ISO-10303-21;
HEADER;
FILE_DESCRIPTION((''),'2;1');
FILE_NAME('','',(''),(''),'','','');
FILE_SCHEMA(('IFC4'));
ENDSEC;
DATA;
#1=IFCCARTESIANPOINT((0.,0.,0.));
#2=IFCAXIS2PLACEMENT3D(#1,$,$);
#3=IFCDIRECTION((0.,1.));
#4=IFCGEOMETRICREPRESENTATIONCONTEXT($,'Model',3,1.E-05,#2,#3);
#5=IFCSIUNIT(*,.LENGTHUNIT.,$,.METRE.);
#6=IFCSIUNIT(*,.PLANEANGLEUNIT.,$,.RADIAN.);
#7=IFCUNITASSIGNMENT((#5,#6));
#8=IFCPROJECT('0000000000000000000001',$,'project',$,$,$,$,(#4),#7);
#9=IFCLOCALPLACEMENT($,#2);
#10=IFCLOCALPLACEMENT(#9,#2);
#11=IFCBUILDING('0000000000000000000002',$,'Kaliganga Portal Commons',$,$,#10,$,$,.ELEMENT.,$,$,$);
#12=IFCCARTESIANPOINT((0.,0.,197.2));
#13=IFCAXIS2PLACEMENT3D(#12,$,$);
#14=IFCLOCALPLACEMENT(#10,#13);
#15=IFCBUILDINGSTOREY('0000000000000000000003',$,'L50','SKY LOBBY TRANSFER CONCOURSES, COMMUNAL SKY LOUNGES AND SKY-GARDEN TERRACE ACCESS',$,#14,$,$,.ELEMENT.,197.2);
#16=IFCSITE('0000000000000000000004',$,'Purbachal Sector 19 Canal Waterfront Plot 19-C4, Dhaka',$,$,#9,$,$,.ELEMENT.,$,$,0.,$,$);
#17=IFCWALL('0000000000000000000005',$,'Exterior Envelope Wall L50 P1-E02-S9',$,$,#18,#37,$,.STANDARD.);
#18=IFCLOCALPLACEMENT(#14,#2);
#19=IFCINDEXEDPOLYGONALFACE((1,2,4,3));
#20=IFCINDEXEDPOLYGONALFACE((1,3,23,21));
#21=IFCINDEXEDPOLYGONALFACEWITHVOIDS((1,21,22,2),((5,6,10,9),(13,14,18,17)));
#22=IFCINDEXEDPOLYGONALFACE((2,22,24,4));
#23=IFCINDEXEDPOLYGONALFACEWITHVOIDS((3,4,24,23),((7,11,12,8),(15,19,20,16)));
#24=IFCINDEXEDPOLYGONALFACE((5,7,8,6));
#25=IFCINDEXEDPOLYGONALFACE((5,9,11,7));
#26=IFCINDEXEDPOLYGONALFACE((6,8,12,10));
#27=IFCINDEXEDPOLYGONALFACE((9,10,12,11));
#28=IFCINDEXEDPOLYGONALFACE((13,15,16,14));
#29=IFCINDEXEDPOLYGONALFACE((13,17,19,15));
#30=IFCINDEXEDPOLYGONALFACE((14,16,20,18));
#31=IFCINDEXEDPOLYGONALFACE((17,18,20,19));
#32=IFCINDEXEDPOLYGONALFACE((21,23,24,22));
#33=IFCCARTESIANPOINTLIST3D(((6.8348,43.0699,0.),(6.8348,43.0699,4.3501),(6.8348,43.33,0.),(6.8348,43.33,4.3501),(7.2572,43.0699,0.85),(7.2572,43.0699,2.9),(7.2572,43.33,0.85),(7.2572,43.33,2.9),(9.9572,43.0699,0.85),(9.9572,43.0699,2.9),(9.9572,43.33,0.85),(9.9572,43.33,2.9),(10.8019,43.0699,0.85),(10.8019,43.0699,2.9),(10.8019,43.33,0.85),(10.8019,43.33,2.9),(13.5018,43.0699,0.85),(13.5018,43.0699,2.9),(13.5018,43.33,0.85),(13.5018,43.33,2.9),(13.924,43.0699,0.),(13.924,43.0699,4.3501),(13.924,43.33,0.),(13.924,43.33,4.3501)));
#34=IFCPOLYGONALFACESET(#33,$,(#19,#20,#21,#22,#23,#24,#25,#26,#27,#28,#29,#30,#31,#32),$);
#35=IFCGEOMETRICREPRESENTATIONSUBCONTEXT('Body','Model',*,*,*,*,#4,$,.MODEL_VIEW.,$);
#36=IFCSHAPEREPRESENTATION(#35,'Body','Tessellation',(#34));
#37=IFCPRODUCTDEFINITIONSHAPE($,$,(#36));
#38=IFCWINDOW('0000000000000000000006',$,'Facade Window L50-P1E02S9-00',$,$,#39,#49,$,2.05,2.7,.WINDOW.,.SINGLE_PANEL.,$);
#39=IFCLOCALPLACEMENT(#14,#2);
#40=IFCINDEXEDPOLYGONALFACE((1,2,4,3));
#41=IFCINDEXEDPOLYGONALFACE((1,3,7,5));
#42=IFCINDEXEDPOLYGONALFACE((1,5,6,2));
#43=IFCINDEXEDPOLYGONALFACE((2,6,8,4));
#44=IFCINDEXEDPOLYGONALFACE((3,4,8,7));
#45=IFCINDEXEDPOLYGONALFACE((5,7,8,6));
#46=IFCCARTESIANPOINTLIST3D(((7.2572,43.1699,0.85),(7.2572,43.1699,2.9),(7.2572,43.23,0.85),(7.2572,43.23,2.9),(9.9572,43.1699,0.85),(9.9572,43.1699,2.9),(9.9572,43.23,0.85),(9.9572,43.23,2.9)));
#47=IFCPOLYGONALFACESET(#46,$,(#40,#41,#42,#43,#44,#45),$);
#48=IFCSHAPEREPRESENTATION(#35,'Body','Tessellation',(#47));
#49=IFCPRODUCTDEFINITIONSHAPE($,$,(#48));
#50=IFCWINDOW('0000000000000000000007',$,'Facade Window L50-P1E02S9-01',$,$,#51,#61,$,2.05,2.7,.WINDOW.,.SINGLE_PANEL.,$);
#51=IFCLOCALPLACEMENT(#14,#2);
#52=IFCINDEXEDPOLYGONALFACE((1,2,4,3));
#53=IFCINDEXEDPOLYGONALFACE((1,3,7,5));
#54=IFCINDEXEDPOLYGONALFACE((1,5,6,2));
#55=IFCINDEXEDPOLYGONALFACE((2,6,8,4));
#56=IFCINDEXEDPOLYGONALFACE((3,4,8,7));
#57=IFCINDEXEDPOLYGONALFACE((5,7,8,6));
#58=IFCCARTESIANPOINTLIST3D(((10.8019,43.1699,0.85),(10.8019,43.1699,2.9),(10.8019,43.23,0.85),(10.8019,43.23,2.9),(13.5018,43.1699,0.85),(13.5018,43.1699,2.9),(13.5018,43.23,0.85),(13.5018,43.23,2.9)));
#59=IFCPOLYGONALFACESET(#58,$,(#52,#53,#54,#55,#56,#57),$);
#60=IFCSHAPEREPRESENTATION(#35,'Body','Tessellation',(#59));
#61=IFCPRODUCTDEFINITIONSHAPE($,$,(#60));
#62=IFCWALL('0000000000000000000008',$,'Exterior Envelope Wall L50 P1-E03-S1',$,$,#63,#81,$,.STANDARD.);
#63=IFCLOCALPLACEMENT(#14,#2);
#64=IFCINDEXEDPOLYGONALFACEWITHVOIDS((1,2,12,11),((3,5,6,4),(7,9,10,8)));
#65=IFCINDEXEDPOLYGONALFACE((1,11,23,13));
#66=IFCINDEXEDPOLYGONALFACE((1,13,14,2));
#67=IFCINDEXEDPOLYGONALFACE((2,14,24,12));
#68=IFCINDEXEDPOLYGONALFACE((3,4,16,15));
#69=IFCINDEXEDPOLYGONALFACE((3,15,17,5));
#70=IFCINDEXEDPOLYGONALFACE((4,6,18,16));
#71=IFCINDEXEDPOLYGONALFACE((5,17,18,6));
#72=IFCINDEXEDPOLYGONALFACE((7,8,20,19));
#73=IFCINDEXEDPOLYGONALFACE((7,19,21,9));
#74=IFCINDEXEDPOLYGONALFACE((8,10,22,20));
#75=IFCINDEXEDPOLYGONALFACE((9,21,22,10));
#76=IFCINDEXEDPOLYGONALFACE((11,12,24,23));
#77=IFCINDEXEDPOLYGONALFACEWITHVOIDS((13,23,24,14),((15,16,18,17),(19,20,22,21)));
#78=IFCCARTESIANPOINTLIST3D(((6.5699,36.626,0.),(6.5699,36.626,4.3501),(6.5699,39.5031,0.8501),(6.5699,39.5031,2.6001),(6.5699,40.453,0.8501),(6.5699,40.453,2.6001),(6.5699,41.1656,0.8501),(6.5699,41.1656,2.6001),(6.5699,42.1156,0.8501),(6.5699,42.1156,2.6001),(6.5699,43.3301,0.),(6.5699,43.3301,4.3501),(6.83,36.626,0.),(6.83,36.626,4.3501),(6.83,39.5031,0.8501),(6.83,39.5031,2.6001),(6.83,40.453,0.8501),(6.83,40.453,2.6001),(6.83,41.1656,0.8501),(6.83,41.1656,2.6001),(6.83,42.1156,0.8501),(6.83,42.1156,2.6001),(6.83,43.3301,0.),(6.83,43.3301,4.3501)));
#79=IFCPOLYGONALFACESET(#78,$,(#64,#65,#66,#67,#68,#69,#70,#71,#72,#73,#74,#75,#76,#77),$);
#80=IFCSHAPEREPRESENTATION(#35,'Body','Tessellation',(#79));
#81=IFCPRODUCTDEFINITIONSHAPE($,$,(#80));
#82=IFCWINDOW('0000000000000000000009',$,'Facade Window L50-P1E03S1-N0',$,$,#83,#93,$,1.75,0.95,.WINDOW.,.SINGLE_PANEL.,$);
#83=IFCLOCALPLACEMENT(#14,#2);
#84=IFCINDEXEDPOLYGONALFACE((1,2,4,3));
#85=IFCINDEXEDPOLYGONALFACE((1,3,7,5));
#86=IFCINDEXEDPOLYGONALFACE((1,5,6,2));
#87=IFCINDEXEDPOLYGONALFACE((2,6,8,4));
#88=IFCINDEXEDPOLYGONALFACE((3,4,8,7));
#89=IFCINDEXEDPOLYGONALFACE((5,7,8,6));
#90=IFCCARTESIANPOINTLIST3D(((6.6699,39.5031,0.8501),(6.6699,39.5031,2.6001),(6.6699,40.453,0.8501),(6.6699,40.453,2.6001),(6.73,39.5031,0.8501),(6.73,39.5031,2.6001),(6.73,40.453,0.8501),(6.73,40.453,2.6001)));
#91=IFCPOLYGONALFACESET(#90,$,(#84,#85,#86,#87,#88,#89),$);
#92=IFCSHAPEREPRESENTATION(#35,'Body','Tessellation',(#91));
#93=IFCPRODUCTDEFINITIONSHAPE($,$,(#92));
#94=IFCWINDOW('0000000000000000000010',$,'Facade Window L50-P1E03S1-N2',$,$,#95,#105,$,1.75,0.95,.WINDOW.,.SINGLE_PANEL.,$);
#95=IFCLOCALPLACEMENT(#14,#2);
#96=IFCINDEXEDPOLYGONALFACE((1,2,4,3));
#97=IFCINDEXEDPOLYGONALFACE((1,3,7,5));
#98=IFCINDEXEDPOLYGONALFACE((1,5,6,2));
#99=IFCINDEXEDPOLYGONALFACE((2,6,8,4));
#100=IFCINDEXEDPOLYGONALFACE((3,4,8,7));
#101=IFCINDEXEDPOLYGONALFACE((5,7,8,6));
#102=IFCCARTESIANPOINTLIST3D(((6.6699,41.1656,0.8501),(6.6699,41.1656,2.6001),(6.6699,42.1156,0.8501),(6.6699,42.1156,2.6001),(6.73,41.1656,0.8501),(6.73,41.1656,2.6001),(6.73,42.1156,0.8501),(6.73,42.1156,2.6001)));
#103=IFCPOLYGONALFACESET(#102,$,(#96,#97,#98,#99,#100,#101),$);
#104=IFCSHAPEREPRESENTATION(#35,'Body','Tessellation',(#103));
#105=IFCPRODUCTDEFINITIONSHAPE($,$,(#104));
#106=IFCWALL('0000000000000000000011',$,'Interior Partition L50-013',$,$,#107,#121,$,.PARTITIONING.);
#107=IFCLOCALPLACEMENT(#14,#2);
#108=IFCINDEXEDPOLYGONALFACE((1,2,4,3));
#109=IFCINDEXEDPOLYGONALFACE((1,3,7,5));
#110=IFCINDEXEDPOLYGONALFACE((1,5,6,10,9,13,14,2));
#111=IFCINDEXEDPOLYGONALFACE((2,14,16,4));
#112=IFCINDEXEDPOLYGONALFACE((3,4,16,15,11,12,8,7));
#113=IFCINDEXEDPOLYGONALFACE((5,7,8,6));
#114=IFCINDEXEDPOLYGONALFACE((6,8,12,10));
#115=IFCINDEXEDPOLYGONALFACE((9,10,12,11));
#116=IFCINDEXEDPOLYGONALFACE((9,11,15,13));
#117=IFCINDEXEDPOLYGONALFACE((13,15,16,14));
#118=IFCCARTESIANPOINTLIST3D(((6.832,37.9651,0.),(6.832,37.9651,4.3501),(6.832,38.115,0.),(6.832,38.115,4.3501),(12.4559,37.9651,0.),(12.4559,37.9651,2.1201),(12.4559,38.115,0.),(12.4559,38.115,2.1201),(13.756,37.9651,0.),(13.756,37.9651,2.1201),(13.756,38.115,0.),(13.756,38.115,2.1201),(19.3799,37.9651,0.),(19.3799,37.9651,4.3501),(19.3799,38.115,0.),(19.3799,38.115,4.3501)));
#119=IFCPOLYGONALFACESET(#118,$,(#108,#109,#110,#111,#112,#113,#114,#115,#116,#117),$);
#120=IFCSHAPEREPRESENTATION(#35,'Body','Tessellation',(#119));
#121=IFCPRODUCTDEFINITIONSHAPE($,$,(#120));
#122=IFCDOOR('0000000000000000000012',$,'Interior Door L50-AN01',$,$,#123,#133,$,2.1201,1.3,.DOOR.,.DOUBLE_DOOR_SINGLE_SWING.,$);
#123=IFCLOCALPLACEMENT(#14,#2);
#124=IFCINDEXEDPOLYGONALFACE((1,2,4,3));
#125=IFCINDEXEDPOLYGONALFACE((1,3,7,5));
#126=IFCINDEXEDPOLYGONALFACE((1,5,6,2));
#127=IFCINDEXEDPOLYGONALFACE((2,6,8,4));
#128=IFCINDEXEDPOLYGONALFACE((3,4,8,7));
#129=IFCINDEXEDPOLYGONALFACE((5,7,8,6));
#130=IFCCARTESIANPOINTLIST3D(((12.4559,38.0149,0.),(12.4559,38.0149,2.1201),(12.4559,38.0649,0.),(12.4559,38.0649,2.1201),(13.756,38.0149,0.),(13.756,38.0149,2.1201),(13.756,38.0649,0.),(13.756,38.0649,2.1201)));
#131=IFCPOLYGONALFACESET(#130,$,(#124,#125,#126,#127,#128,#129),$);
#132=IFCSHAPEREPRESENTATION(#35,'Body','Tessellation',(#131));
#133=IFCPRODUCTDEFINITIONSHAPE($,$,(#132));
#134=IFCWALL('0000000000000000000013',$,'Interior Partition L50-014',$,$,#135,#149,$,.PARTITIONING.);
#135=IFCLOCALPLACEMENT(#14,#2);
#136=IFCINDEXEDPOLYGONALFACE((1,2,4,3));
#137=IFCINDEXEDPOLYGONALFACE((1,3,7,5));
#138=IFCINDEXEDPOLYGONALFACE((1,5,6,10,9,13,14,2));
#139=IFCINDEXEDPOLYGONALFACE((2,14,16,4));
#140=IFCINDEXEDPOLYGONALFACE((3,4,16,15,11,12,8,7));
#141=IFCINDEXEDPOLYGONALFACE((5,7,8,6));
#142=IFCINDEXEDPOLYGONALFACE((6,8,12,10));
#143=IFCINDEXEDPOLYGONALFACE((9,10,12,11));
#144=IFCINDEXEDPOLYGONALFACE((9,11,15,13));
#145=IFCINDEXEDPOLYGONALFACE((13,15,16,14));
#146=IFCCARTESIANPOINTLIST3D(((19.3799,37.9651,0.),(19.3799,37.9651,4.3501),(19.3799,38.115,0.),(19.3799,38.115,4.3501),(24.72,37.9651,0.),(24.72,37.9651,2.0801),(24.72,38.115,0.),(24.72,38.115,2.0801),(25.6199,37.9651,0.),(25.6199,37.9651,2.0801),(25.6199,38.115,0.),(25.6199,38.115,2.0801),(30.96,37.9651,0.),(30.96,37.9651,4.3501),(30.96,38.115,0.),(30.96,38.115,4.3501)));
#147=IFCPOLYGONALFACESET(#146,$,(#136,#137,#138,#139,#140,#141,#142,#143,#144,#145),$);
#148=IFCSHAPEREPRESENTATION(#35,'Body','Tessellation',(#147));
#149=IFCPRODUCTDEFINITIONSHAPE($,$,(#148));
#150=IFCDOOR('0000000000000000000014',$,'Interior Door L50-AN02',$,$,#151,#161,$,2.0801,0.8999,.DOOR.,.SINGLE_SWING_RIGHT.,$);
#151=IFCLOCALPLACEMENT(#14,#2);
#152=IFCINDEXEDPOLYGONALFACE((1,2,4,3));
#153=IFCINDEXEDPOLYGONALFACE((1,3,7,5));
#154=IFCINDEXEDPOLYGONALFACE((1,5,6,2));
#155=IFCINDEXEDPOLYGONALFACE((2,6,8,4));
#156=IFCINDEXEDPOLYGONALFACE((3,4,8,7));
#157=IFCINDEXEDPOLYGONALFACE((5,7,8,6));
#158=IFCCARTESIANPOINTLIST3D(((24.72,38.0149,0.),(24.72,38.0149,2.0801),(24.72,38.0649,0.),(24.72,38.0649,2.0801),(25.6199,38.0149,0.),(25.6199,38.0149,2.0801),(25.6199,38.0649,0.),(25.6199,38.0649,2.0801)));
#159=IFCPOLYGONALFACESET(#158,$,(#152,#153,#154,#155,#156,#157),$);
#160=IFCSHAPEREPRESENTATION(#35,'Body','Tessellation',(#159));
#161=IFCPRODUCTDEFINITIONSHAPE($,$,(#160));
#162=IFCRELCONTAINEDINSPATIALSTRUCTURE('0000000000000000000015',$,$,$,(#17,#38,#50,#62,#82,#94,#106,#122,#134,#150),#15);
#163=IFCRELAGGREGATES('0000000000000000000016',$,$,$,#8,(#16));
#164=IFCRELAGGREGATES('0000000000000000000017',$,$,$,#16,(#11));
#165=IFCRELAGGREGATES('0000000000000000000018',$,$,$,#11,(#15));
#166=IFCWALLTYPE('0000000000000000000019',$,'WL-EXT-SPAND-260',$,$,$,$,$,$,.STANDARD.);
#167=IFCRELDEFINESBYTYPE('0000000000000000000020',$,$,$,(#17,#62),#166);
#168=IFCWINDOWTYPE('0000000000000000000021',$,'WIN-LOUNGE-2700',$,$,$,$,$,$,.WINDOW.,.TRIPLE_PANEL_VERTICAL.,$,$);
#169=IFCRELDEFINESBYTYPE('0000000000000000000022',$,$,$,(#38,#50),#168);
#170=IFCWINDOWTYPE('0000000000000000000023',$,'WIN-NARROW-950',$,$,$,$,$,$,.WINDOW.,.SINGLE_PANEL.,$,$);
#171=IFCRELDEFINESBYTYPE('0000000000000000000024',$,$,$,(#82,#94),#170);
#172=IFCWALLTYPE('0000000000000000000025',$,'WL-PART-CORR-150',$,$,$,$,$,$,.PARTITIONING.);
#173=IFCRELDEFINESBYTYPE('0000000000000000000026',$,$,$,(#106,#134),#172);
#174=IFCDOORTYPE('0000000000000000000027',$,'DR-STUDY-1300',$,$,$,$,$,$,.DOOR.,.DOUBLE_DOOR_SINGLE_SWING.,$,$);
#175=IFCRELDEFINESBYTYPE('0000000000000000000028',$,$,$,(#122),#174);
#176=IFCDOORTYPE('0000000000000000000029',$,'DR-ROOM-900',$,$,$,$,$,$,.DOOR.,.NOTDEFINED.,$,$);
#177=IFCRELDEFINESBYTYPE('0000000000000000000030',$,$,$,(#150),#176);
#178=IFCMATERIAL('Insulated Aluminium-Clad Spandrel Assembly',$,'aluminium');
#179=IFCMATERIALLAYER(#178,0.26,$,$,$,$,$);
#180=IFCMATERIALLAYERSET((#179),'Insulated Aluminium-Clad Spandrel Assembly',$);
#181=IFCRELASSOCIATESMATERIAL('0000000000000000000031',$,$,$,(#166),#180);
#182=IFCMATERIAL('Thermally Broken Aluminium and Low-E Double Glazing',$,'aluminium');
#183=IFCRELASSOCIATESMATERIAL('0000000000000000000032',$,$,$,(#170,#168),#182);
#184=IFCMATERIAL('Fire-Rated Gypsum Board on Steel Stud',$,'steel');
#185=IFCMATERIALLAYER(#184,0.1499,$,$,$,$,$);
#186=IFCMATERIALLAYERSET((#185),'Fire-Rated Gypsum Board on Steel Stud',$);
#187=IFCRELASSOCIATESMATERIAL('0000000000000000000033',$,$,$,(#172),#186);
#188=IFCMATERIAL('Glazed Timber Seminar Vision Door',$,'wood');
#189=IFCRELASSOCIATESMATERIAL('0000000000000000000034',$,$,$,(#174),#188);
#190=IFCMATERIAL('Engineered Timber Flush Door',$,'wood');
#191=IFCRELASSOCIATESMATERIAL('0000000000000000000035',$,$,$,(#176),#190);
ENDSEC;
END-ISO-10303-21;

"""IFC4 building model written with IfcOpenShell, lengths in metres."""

from ifc_helpers import new_model, si_unit, direction, frame, frame_2d, origin, place, context, subcontext, project, spatial, rectangle, extrude, material, layer, layer_set, type_object, element, fill, save


model = new_model("IFC4")

# Units and contexts
model_context = context("Model", 3, precision=1e-05, world=origin(), true_north=direction((0.0, 1.0)))
body_context = subcontext(model_context, "Body", "Model", "MODEL_VIEW")
ifc_project = project(units=[si_unit("LENGTHUNIT", "METRE"), si_unit("PLANEANGLEUNIT", "RADIAN")], contexts=[model_context])

# Site, building, storey
site_placement = place(None, origin())
site = spatial("IfcSite", under=ifc_project, at=site_placement, Name="Purbachal Sector 19 Canal Waterfront Plot 19-C4, Dhaka", CompositionType="ELEMENT", RefElevation=0.0)
building_placement = place(site_placement, origin())
building = spatial("IfcBuilding", under=site, at=building_placement, Name="Kaliganga Portal Commons", CompositionType="ELEMENT")
storey_placement = place(building_placement, frame((0.0, 0.0, 197.2)))
storey = spatial("IfcBuildingStorey", under=building, at=storey_placement, Name="L50", Description="SKY LOBBY TRANSFER CONCOURSES, COMMUNAL SKY LOUNGES AND SKY-GARDEN TERRACE ACCESS", CompositionType="ELEMENT", Elevation=197.2)

# Shared definitions
ifc_material_1 = material(Name="Insulated Aluminium-Clad Spandrel Assembly", Category="aluminium")
ifc_layer_1 = layer(ifc_material_1, 0.26)
ifc_layer_set_1 = layer_set([ifc_layer_1], Name="Insulated Aluminium-Clad Spandrel Assembly")
wall_type_1 = type_object("IfcWallType", Name="WL-EXT-SPAND-260", PredefinedType="STANDARD", material=ifc_layer_set_1)
ifc_material_2 = material(Name="Thermally Broken Aluminium and Low-E Double Glazing", Category="aluminium")
window_type_1 = type_object("IfcWindowType", Name="WIN-NARROW-950", PartitioningType="SINGLE_PANEL", PredefinedType="WINDOW", material=ifc_material_2)

# Walls, openings, windows
wall_1_placement = place(storey_placement, frame((6.835, 43.2, 0.0), z_axis=(0.0, 0.0, 1.0), x_axis=(1.0, 0.0, 0.0)))
wall_1 = element("IfcWall", 1, at=wall_1_placement, inside=storey, type_object=wall_type_1, Name="Exterior Envelope Wall L50 P1-E02-S9", PredefinedType="STANDARD", context=body_context, shape_type="SweptSolid", body=[
    extrude(rectangle(XDim=7.0891, YDim=0.26, at=frame_2d((3.5444, 0.0))), origin(), (0.0, 0.0, 1.0), 4.3501),
])
opening_1_placement = place(wall_1_placement, frame((0.4221, 0.0, 0.8501)))
opening_1 = element("IfcOpeningElement", 2, at=opening_1_placement, cuts=wall_1, PredefinedType="OPENING", context=body_context, shape_type="SweptSolid", body=[
    extrude(rectangle(XDim=2.7, YDim=2.05, at=frame_2d((1.3501, 1.0249))), frame((0.0, 0.1401, 0.0), z_axis=(0.0, -1.0, 0.0), x_axis=(1.0, 0.0, 0.0)), (0.0, 0.0, 1.0), 0.28),
])
opening_2_placement = place(wall_1_placement, frame((3.9668, 0.0, 0.8501)))
opening_2 = element("IfcOpeningElement", 3, at=opening_2_placement, cuts=wall_1, PredefinedType="OPENING", context=body_context, shape_type="SweptSolid", body=[
    extrude(rectangle(XDim=2.7, YDim=2.05, at=frame_2d((1.3501, 1.0249))), frame((0.0, 0.1401, 0.0), z_axis=(0.0, -1.0, 0.0), x_axis=(1.0, 0.0, 0.0)), (0.0, 0.0, 1.0), 0.28),
])
window_type_2 = type_object("IfcWindowType", Name="WIN-LOUNGE-2700", PartitioningType="TRIPLE_PANEL_VERTICAL", PredefinedType="WINDOW", material=ifc_material_2)
window_1_placement = place(opening_1_placement, origin())
window_1 = element("IfcWindow", 4, at=window_1_placement, inside=storey, type_object=window_type_2, Name="Facade Window L50-P1E02S9-00", OverallHeight=2.05, OverallWidth=2.7, PartitioningType="SINGLE_PANEL", PredefinedType="WINDOW", context=body_context, shape_type="SweptSolid", body=[
    extrude(rectangle(XDim=2.7, YDim=2.05, at=frame_2d((1.3501, 1.0249))), frame((0.0, 0.03, 0.0), z_axis=(0.0, -1.0, 0.0), x_axis=(1.0, 0.0, 0.0)), (0.0, 0.0, 1.0), 0.0601),
])
fill(opening_1, window_1)
window_2_placement = place(opening_2_placement, origin())
window_2 = element("IfcWindow", 5, at=window_2_placement, inside=storey, type_object=window_type_2, Name="Facade Window L50-P1E02S9-01", OverallHeight=2.05, OverallWidth=2.7, PartitioningType="SINGLE_PANEL", PredefinedType="WINDOW", context=body_context, shape_type="SweptSolid", body=[
    extrude(rectangle(XDim=2.7, YDim=2.05, at=frame_2d((1.3501, 1.0249))), frame((0.0, 0.03, 0.0), z_axis=(0.0, -1.0, 0.0), x_axis=(1.0, 0.0, 0.0)), (0.0, 0.0, 1.0), 0.0601),
])
fill(opening_2, window_2)
wall_2_placement = place(storey_placement, frame((6.7, 36.626, 0.0), z_axis=(0.0, 0.0, 1.0), x_axis=(0.0, 1.0, 0.0)))
wall_2 = element("IfcWall", 6, at=wall_2_placement, inside=storey, type_object=wall_type_1, Name="Exterior Envelope Wall L50 P1-E03-S1", PredefinedType="STANDARD", context=body_context, shape_type="SweptSolid", body=[
    extrude(rectangle(XDim=6.7041, YDim=0.26, at=frame_2d((3.3521, 0.0))), origin(), (0.0, 0.0, 1.0), 4.3501),
])
opening_3_placement = place(wall_2_placement, frame((2.877, 0.0, 0.8501)))
opening_3 = element("IfcOpeningElement", 7, at=opening_3_placement, cuts=wall_2, PredefinedType="OPENING", context=body_context, shape_type="SweptSolid", body=[
    extrude(rectangle(XDim=0.95, YDim=1.75, at=frame_2d((0.4751, 0.875))), frame((0.0, 0.1401, 0.0), z_axis=(0.0, -1.0, 0.0), x_axis=(1.0, 0.0, 0.0)), (0.0, 0.0, 1.0), 0.28),
])
opening_4_placement = place(wall_2_placement, frame((4.5396, 0.0, 0.8501)))
opening_4 = element("IfcOpeningElement", 8, at=opening_4_placement, cuts=wall_2, PredefinedType="OPENING", context=body_context, shape_type="SweptSolid", body=[
    extrude(rectangle(XDim=0.95, YDim=1.75, at=frame_2d((0.4751, 0.875))), frame((0.0, 0.1401, 0.0), z_axis=(0.0, -1.0, 0.0), x_axis=(1.0, 0.0, 0.0)), (0.0, 0.0, 1.0), 0.28),
])
window_3_placement = place(opening_3_placement, origin())
window_3 = element("IfcWindow", 9, at=window_3_placement, inside=storey, type_object=window_type_1, Name="Facade Window L50-P1E03S1-N0", OverallHeight=1.75, OverallWidth=0.95, PartitioningType="SINGLE_PANEL", PredefinedType="WINDOW", context=body_context, shape_type="SweptSolid", body=[
    extrude(rectangle(XDim=0.95, YDim=1.75, at=frame_2d((0.4751, 0.875))), frame((0.0, 0.03, 0.0), z_axis=(0.0, -1.0, 0.0), x_axis=(1.0, 0.0, 0.0)), (0.0, 0.0, 1.0), 0.0601),
])
fill(opening_3, window_3)
window_4_placement = place(opening_4_placement, origin())
window_4 = element("IfcWindow", 10, at=window_4_placement, inside=storey, type_object=window_type_1, Name="Facade Window L50-P1E03S1-N2", OverallHeight=1.75, OverallWidth=0.95, PartitioningType="SINGLE_PANEL", PredefinedType="WINDOW", context=body_context, shape_type="SweptSolid", body=[
    extrude(rectangle(XDim=0.95, YDim=1.75, at=frame_2d((0.4751, 0.875))), frame((0.0, 0.03, 0.0), z_axis=(0.0, -1.0, 0.0), x_axis=(1.0, 0.0, 0.0)), (0.0, 0.0, 1.0), 0.0601),
])
fill(opening_4, window_4)

# Walls, openings, doors
ifc_material_3 = material(Name="Fire-Rated Gypsum Board on Steel Stud", Category="steel")
ifc_layer_2 = layer(ifc_material_3, 0.1499)
ifc_layer_set_2 = layer_set([ifc_layer_2], Name="Fire-Rated Gypsum Board on Steel Stud")
wall_type_2 = type_object("IfcWallType", Name="WL-PART-CORR-150", PredefinedType="PARTITIONING", material=ifc_layer_set_2)
wall_3_placement = place(storey_placement, frame((6.832, 38.04, 0.0), z_axis=(0.0, 0.0, 1.0), x_axis=(1.0, 0.0, 0.0)))
wall_3 = element("IfcWall", 11, at=wall_3_placement, inside=storey, type_object=wall_type_2, Name="Interior Partition L50-013", PredefinedType="PARTITIONING", context=body_context, shape_type="SweptSolid", body=[
    extrude(rectangle(XDim=12.5479, YDim=0.1499, at=frame_2d((6.2739, 0.0))), origin(), (0.0, 0.0, 1.0), 4.3501),
])
opening_5_placement = place(wall_3_placement, frame((5.624, 0.0, 0.0)))
opening_5 = element("IfcOpeningElement", 12, at=opening_5_placement, cuts=wall_3, PredefinedType="OPENING", context=body_context, shape_type="SweptSolid", body=[
    extrude(rectangle(XDim=1.3, YDim=2.1201, at=frame_2d((0.6499, 1.0601))), frame((0.0, 0.085, 0.0), z_axis=(0.0, -1.0, 0.0), x_axis=(1.0, 0.0, 0.0)), (0.0, 0.0, 1.0), 0.1699),
])
ifc_material_4 = material(Name="Glazed Timber Seminar Vision Door", Category="wood")
door_type_1 = type_object("IfcDoorType", Name="DR-STUDY-1300", OperationType="DOUBLE_DOOR_SINGLE_SWING", PredefinedType="DOOR", material=ifc_material_4)
door_1_placement = place(opening_5_placement, origin())
door_1 = element("IfcDoor", 13, at=door_1_placement, inside=storey, type_object=door_type_1, Name="Interior Door L50-AN01", OperationType="DOUBLE_DOOR_SINGLE_SWING", OverallHeight=2.1201, OverallWidth=1.3, PredefinedType="DOOR", context=body_context, shape_type="SweptSolid", body=[
    extrude(rectangle(XDim=1.3, YDim=2.1201, at=frame_2d((0.6499, 1.0601))), frame((0.0, 0.0249, 0.0), z_axis=(0.0, -1.0, 0.0), x_axis=(1.0, 0.0, 0.0)), (0.0, 0.0, 1.0), 0.05),
])
fill(opening_5, door_1)
wall_4_placement = place(storey_placement, frame((19.3799, 38.04, 0.0), z_axis=(0.0, 0.0, 1.0), x_axis=(1.0, 0.0, 0.0)))
wall_4 = element("IfcWall", 14, at=wall_4_placement, inside=storey, type_object=wall_type_2, Name="Interior Partition L50-014", PredefinedType="PARTITIONING", context=body_context, shape_type="SweptSolid", body=[
    extrude(rectangle(XDim=11.5801, YDim=0.1499, at=frame_2d((5.79, 0.0))), origin(), (0.0, 0.0, 1.0), 4.3501),
])
opening_6_placement = place(wall_4_placement, frame((5.3401, 0.0, 0.0)))
opening_6 = element("IfcOpeningElement", 15, at=opening_6_placement, cuts=wall_4, PredefinedType="OPENING", context=body_context, shape_type="SweptSolid", body=[
    extrude(rectangle(XDim=0.8999, YDim=2.0801, at=frame_2d((0.45, 1.04))), frame((0.0, 0.085, 0.0), z_axis=(0.0, -1.0, 0.0), x_axis=(1.0, 0.0, 0.0)), (0.0, 0.0, 1.0), 0.1699),
])
ifc_material_5 = material(Name="Engineered Timber Flush Door", Category="wood")
door_type_2 = type_object("IfcDoorType", Name="DR-ROOM-900", OperationType="NOTDEFINED", PredefinedType="DOOR", material=ifc_material_5)
door_2_placement = place(opening_6_placement, origin())
door_2 = element("IfcDoor", 16, at=door_2_placement, inside=storey, type_object=door_type_2, Name="Interior Door L50-AN02", OperationType="SINGLE_SWING_RIGHT", OverallHeight=2.0801, OverallWidth=0.8999, PredefinedType="DOOR", context=body_context, shape_type="SweptSolid", body=[
    extrude(rectangle(XDim=0.8999, YDim=2.0801, at=frame_2d((0.45, 1.04))), frame((0.0, 0.0249, 0.0), z_axis=(0.0, -1.0, 0.0), x_axis=(1.0, 0.0, 0.0)), (0.0, 0.0, 1.0), 0.05),
])
fill(opening_6, door_2)

save(model, "model.ifc")
